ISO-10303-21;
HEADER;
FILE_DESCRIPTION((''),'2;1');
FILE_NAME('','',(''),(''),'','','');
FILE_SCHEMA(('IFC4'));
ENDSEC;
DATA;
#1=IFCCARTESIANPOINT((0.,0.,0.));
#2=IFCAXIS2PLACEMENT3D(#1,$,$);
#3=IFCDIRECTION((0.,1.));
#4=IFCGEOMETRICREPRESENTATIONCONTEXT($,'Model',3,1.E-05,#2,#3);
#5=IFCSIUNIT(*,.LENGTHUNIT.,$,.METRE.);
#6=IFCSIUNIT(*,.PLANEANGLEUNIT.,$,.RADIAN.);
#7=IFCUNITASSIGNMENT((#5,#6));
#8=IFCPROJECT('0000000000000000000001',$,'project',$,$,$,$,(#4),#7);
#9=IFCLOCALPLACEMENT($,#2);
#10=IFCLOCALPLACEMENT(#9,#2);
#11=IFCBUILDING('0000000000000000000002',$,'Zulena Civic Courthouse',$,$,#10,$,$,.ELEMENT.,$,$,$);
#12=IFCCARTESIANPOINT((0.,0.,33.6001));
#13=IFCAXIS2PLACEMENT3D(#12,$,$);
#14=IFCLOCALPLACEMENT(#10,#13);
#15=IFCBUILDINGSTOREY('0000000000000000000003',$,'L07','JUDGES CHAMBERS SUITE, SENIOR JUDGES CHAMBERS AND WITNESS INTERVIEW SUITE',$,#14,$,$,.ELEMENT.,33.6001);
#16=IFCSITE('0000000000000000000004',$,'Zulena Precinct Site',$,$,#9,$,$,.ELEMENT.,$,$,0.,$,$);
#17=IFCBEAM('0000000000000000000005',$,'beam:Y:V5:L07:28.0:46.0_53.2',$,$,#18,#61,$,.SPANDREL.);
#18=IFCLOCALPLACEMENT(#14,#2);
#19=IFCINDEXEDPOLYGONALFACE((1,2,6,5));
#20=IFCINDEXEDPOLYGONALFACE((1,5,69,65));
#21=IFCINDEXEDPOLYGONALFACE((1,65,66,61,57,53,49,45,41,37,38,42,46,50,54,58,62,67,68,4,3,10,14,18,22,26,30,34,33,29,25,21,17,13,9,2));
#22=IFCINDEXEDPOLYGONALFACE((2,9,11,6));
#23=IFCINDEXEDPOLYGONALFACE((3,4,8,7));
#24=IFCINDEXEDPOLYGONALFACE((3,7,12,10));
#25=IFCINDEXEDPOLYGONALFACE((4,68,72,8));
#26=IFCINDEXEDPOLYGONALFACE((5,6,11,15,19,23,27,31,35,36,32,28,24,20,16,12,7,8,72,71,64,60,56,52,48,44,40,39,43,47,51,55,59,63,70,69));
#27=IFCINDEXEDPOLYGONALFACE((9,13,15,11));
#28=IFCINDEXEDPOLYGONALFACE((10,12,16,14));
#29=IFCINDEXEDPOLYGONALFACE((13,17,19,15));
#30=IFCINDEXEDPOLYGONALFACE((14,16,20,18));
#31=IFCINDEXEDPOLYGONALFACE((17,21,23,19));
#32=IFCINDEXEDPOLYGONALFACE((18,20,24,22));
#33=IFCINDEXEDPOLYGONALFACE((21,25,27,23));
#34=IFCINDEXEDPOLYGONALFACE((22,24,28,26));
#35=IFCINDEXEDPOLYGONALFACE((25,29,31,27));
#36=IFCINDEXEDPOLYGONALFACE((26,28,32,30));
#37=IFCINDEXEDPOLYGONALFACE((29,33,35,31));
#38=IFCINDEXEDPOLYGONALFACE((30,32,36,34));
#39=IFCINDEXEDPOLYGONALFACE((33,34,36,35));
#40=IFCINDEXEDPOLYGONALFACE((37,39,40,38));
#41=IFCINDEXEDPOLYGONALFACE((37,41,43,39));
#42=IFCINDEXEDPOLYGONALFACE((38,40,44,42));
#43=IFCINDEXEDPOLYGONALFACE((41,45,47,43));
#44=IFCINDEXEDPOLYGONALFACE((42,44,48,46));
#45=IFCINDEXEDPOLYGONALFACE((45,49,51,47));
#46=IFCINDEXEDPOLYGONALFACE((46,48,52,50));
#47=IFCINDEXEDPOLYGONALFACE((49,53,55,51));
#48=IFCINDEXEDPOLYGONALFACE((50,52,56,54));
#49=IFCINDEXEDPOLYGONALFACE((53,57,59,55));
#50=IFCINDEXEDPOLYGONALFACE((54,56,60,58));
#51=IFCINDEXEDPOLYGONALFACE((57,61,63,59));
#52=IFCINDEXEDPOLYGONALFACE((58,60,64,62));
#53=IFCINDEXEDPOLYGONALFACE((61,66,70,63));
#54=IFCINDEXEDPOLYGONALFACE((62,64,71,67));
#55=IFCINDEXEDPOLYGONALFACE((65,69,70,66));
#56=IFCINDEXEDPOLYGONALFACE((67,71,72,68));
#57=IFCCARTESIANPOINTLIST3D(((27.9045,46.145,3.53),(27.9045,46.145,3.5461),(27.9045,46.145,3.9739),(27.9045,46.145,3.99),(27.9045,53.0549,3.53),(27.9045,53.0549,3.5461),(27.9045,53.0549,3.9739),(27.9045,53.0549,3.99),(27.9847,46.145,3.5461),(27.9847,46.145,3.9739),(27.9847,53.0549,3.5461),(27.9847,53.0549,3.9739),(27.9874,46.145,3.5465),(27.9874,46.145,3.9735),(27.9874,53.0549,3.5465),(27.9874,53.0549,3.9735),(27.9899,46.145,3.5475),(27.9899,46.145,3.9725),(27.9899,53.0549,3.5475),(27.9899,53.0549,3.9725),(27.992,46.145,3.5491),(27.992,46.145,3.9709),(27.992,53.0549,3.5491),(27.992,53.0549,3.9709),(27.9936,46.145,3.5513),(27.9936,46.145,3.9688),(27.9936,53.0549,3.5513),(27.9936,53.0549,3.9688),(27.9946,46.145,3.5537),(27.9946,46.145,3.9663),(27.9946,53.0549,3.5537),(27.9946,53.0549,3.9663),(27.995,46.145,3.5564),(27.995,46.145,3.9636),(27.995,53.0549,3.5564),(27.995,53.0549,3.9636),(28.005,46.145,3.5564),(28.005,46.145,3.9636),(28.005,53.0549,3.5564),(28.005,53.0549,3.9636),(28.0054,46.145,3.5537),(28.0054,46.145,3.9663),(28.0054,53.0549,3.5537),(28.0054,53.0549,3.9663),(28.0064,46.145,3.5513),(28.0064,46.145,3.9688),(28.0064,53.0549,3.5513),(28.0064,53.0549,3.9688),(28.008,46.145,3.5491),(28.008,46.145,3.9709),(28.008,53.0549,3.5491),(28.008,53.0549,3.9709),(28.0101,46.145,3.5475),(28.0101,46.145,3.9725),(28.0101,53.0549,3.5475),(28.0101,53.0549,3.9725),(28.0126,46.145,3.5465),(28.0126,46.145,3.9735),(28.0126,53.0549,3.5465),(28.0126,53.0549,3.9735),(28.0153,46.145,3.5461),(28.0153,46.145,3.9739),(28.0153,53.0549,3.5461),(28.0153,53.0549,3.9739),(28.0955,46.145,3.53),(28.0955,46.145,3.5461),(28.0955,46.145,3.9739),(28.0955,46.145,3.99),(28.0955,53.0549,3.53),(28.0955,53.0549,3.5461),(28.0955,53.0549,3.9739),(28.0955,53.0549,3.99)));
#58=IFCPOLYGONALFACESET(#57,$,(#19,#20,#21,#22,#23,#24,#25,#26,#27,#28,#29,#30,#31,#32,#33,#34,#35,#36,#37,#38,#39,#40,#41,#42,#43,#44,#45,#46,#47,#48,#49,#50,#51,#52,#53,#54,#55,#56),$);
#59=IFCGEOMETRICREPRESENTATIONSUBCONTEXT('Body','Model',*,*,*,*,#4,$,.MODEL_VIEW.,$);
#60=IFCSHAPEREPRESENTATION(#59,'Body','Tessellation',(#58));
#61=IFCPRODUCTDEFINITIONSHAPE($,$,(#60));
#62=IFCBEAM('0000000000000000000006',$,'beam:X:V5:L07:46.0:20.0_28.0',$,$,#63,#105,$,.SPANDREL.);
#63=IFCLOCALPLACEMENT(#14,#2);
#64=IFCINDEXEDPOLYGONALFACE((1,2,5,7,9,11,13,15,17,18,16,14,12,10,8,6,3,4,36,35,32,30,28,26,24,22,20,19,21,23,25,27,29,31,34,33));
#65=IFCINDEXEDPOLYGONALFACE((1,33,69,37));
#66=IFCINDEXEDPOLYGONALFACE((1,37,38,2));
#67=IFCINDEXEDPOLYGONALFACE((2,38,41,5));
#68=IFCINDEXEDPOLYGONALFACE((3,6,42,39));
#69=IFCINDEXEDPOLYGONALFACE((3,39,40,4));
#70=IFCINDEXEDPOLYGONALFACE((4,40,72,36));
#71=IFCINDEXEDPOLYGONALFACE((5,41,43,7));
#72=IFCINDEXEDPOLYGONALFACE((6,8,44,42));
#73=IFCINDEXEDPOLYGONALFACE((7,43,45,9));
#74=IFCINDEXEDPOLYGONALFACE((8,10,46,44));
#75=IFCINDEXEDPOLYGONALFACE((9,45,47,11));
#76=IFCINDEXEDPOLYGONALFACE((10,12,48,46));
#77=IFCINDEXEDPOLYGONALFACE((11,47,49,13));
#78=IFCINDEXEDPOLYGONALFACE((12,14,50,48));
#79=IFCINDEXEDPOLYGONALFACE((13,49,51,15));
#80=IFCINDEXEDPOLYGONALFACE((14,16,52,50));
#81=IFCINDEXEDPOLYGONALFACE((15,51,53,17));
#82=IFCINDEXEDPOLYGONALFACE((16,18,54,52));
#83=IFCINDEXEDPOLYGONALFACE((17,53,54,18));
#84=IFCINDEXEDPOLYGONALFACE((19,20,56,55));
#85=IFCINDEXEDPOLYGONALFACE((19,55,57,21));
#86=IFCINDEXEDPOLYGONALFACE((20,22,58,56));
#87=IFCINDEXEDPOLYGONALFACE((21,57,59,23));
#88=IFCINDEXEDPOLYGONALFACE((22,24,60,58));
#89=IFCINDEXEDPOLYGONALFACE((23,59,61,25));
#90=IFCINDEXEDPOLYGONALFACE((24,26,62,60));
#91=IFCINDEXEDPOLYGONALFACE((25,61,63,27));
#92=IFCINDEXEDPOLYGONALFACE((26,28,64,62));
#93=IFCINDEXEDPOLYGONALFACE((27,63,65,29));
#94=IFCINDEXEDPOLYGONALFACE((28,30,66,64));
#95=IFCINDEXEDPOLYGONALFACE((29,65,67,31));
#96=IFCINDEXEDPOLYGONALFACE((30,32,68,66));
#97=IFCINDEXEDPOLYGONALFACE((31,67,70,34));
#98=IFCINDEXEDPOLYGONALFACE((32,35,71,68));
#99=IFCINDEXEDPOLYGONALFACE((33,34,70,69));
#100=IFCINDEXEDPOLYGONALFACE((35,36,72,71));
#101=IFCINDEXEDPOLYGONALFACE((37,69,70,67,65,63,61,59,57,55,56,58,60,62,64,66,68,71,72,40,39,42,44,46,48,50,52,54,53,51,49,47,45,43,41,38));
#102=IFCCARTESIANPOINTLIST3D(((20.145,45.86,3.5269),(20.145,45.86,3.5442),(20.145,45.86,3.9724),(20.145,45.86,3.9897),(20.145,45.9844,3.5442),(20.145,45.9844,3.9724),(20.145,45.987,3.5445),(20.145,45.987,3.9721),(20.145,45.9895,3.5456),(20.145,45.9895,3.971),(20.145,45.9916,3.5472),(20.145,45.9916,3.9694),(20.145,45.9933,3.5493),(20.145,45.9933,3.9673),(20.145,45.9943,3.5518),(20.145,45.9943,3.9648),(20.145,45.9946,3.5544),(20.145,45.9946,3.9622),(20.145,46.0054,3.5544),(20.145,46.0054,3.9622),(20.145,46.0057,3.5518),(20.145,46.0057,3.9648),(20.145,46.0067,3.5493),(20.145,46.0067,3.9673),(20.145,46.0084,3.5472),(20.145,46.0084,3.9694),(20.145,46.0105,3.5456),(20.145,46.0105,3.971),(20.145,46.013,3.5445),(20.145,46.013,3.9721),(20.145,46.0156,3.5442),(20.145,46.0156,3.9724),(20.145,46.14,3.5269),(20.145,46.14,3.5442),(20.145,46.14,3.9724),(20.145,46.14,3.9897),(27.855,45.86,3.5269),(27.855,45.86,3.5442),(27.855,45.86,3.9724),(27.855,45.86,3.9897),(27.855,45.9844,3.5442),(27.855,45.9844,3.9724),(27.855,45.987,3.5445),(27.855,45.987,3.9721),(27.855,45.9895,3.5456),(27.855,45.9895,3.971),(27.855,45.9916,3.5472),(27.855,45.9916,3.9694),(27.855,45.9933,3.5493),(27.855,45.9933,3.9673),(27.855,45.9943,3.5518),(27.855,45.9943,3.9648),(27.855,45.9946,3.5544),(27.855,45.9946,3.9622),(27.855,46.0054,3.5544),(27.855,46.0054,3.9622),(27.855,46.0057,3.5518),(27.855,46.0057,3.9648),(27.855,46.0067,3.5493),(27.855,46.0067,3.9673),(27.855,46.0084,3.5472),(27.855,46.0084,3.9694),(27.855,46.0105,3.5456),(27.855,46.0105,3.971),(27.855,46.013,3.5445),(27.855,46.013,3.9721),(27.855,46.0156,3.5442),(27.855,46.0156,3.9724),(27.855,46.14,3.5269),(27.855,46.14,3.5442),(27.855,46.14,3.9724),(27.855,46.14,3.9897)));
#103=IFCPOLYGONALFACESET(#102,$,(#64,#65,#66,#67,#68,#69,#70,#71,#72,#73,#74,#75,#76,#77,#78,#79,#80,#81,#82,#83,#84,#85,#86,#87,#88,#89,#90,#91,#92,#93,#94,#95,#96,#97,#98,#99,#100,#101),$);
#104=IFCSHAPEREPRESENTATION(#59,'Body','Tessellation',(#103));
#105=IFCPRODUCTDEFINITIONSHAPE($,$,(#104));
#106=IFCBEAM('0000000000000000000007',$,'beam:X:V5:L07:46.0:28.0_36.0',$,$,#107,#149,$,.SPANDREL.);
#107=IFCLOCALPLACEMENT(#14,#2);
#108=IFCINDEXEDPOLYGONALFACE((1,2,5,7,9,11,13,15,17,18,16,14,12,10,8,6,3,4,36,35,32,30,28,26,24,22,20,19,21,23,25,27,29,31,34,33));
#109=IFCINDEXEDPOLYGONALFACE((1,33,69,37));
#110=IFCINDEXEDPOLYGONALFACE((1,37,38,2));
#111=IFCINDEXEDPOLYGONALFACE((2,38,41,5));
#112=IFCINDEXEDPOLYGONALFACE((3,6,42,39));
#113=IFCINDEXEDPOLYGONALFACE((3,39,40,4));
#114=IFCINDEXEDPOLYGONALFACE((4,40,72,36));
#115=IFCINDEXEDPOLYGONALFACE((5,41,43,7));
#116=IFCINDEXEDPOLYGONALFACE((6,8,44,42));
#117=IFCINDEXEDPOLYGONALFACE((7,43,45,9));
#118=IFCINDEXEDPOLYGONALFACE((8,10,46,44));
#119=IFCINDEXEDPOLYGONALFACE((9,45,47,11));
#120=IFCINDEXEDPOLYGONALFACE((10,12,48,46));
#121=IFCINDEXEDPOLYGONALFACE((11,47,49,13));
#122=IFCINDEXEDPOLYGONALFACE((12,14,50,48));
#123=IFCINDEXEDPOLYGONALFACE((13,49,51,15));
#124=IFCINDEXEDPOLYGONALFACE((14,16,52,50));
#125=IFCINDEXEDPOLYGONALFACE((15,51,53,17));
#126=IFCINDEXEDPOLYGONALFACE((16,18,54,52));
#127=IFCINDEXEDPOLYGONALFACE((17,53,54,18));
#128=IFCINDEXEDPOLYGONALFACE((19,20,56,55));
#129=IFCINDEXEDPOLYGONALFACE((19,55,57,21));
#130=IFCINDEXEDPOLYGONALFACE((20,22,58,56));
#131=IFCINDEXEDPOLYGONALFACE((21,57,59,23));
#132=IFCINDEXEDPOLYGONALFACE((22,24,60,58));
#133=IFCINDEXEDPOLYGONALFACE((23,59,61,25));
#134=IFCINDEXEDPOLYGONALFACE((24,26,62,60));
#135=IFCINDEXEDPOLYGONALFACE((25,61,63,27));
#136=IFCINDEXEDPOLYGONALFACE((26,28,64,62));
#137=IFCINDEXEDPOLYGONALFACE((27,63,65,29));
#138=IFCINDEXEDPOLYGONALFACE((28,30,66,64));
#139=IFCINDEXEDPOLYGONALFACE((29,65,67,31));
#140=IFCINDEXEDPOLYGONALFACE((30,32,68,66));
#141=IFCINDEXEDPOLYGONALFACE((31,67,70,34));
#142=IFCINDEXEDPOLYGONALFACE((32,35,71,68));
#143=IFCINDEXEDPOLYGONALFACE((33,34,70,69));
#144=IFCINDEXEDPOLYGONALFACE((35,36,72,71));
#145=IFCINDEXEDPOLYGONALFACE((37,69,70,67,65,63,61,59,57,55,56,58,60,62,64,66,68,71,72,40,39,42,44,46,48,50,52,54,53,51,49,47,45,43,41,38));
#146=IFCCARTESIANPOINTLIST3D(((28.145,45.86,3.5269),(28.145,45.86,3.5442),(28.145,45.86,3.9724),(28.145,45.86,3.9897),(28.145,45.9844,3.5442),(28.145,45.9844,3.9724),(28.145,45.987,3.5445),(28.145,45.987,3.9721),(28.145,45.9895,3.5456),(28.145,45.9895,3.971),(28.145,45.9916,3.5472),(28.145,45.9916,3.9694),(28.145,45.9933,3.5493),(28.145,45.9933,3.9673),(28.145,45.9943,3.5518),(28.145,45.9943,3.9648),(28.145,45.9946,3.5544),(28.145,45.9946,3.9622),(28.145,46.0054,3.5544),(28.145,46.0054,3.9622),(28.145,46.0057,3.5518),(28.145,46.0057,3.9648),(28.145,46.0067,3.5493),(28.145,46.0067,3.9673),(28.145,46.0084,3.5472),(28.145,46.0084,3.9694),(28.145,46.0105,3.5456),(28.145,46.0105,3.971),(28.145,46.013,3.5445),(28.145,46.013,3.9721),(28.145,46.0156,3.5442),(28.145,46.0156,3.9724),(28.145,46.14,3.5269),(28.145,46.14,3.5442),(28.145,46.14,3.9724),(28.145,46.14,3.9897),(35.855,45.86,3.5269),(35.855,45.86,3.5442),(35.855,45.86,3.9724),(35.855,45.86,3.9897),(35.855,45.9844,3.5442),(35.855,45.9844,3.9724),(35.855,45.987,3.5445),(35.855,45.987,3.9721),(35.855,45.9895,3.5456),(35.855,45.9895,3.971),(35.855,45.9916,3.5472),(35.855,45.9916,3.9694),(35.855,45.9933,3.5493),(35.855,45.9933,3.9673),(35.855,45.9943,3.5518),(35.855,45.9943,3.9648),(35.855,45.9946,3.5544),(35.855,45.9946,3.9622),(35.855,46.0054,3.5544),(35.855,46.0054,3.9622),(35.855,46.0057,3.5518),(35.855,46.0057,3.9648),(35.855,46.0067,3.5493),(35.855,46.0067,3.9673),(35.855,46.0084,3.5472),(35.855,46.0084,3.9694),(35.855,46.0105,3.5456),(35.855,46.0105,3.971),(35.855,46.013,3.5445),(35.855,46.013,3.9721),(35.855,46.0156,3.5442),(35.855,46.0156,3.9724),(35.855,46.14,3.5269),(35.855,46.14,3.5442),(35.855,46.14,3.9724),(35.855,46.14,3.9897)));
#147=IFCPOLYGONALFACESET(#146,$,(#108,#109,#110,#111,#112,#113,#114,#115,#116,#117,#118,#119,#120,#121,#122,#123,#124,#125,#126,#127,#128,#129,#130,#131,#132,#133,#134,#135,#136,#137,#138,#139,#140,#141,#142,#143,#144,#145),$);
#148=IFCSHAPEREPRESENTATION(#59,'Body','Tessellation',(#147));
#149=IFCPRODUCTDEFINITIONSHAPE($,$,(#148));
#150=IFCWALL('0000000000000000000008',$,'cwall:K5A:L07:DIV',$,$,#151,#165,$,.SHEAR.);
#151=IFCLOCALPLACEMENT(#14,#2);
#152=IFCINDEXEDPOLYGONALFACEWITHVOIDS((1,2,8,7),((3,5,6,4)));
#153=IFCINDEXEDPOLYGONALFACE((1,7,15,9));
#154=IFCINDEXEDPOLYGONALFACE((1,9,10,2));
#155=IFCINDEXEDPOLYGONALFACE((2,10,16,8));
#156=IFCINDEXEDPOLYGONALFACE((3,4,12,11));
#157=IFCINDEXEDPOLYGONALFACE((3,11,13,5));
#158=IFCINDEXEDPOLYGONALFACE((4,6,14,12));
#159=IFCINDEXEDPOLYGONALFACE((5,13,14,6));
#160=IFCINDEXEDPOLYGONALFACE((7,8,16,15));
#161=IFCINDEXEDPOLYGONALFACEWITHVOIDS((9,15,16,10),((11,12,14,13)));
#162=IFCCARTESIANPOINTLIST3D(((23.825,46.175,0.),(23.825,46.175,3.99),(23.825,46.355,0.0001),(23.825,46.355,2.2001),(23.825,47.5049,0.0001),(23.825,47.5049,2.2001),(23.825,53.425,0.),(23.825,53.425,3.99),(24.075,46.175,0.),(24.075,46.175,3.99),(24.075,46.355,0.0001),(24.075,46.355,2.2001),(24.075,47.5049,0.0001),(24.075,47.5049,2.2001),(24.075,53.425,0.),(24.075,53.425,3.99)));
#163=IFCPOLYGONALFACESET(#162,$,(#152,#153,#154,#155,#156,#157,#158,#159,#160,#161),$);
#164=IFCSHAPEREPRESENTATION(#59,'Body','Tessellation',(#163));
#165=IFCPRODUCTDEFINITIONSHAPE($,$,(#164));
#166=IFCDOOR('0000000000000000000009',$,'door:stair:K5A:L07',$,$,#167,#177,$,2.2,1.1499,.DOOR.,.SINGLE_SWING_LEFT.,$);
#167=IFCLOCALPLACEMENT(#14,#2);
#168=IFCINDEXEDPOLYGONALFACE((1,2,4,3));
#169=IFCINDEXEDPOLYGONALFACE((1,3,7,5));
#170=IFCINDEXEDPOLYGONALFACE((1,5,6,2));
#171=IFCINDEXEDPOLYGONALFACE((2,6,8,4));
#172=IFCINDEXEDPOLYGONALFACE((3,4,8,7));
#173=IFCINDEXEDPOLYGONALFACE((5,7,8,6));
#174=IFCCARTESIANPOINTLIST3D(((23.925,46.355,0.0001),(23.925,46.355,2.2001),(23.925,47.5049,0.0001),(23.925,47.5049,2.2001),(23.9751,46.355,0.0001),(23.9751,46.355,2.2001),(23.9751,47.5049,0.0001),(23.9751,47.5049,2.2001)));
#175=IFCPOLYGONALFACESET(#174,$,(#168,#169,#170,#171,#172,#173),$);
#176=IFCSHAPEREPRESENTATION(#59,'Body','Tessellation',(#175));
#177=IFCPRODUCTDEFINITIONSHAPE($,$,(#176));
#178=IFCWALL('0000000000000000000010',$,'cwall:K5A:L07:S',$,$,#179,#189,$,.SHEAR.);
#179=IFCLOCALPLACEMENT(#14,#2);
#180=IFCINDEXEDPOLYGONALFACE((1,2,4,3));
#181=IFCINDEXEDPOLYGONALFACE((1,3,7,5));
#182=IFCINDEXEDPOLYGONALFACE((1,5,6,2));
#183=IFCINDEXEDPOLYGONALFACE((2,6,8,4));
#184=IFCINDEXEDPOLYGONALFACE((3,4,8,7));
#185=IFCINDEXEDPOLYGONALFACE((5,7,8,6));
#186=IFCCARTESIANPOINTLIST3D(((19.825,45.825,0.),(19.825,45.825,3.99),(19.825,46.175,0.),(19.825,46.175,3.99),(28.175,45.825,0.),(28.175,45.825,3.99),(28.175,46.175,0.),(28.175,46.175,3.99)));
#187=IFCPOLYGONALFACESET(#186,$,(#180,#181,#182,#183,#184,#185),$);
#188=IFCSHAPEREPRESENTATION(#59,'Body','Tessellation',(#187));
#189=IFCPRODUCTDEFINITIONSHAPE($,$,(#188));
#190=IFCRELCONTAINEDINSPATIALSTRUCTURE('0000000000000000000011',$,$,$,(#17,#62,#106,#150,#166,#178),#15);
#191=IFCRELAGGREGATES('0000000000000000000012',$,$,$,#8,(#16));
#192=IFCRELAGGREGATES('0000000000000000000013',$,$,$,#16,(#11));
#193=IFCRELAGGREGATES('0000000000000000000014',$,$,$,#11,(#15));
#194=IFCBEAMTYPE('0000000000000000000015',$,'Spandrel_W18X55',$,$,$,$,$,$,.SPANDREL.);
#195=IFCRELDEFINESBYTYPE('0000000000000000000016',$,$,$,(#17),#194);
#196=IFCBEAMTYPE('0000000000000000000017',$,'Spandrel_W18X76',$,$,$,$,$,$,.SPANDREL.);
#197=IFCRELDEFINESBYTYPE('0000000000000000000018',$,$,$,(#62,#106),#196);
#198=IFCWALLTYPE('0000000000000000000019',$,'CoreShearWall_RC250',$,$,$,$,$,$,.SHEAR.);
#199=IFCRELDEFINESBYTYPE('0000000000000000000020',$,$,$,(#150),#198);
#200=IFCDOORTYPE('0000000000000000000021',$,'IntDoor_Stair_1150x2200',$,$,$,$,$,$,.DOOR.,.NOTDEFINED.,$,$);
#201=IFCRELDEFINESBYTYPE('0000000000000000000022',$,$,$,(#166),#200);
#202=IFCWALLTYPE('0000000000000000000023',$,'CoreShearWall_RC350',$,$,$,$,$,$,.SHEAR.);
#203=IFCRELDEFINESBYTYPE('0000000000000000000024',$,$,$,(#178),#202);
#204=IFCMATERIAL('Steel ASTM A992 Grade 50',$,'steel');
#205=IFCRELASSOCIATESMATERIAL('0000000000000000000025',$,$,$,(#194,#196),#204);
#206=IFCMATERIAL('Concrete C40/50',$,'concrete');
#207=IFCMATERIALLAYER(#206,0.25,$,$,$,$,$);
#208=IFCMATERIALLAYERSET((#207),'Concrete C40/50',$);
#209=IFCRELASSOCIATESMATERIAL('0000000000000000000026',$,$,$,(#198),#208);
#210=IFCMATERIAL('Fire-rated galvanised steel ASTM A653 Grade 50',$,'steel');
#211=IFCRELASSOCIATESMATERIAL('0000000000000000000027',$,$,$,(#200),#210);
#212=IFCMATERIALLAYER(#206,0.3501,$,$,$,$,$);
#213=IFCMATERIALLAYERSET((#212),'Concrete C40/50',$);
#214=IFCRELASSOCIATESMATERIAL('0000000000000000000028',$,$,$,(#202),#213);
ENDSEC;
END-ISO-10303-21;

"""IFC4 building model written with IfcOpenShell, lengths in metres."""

from ifc_helpers import new_model, si_unit, direction, frame, frame_2d, origin, origin_2d, place, context, subcontext, project, spatial, rectangle, i_section, extrude, material, layer, layer_set, material_profile, profile_set, type_object, element, fill, save


model = new_model("IFC4")

# Units and contexts
model_context = context("Model", 3, precision=1e-05, world=origin(), true_north=direction((0.0, 1.0)))
body_context = subcontext(model_context, "Body", "Model", "MODEL_VIEW")
ifc_project = project(units=[si_unit("LENGTHUNIT", "METRE"), si_unit("PLANEANGLEUNIT", "RADIAN")], contexts=[model_context])

# Site, building, storey
site_placement = place(None, origin())
site = spatial("IfcSite", under=ifc_project, at=site_placement, Name="Zulena Precinct Site", CompositionType="ELEMENT", RefElevation=0.0)
building_placement = place(site_placement, origin())
building = spatial("IfcBuilding", under=site, at=building_placement, Name="Zulena Civic Courthouse", CompositionType="ELEMENT")
storey_placement = place(building_placement, frame((0.0, 0.0, 33.6001)))
storey = spatial("IfcBuildingStorey", under=building, at=storey_placement, Name="L07", Description="JUDGES CHAMBERS SUITE, SENIOR JUDGES CHAMBERS AND WITNESS INTERVIEW SUITE", CompositionType="ELEMENT", Elevation=33.6001)

# Shared definitions
ifc_material_1 = material(Name="Steel ASTM A992 Grade 50", Category="steel")

# Beams
ifc_material_profile_1 = material_profile(ifc_material_1, i_section(OverallWidth=0.1909, OverallDepth=0.46, WebThickness=0.01, FlangeThickness=0.0161, FilletRadius=0.0103, at=origin_2d()), Name="W18X55")
ifc_profile_set_1 = profile_set([ifc_material_profile_1], Name="Steel ASTM A992 Grade 50")
beam_type_1 = type_object("IfcBeamType", Name="Spandrel_W18X55", PredefinedType="SPANDREL", material=ifc_profile_set_1)
for number, where, z_axis, x_axis, name in (
    (1, (28.0, 46.145, 3.76), (0.0, 1.0, 0.0), (-1.0, 0.0, 0.0), "beam:Y:V5:L07:28.0:46.0_53.2"),
):
    element("IfcBeam", number, at=place(storey_placement, frame(where, z_axis=z_axis, x_axis=x_axis)), inside=storey, type_object=beam_type_1, Name=name, PredefinedType="SPANDREL", context=body_context, shape_type="SweptSolid", body=[
        extrude(i_section(OverallWidth=0.1909, OverallDepth=0.46, WebThickness=0.01, FlangeThickness=0.0161, FilletRadius=0.0103, at=origin_2d()), origin(), (0.0, 0.0, 1.0), 6.9099),
    ])
ifc_material_profile_2 = material_profile(ifc_material_1, i_section(OverallWidth=0.28, OverallDepth=0.4629, WebThickness=0.0107, FlangeThickness=0.0173, FilletRadius=0.0103, at=origin_2d()), Name="W18X76")
ifc_profile_set_2 = profile_set([ifc_material_profile_2], Name="Steel ASTM A992 Grade 50")
beam_type_2 = type_object("IfcBeamType", Name="Spandrel_W18X76", PredefinedType="SPANDREL", material=ifc_profile_set_2)
for number, where, z_axis, x_axis, name in (
    (2, (20.145, 46.0, 3.7583), (1.0, 0.0, 0.0), (0.0, 1.0, 0.0), "beam:X:V5:L07:46.0:20.0_28.0"),
    (3, (28.145, 46.0, 3.7583), (1.0, 0.0, 0.0), (0.0, 1.0, 0.0), "beam:X:V5:L07:46.0:28.0_36.0"),
):
    element("IfcBeam", number, at=place(storey_placement, frame(where, z_axis=z_axis, x_axis=x_axis)), inside=storey, type_object=beam_type_2, Name=name, PredefinedType="SPANDREL", context=body_context, shape_type="SweptSolid", body=[
        extrude(i_section(OverallWidth=0.28, OverallDepth=0.4629, WebThickness=0.0107, FlangeThickness=0.0173, FilletRadius=0.0103, at=origin_2d()), origin(), (0.0, 0.0, 1.0), 7.71),
    ])

# Wall, opening, door
ifc_material_2 = material(Name="Concrete C40/50", Category="concrete")
ifc_layer_1 = layer(ifc_material_2, 0.25)
ifc_layer_set_1 = layer_set([ifc_layer_1], Name="Concrete C40/50")
wall_type_1 = type_object("IfcWallType", Name="CoreShearWall_RC250", PredefinedType="SHEAR", material=ifc_layer_set_1)
wall_1_placement = place(storey_placement, frame((23.95, 46.175, 0.0), z_axis=(0.0, 0.0, 1.0), x_axis=(0.0, 1.0, 0.0)))
wall_1 = element("IfcWall", 4, at=wall_1_placement, inside=storey, type_object=wall_type_1, Name="cwall:K5A:L07:DIV", PredefinedType="SHEAR", context=body_context, shape_type="SweptSolid", body=[
    extrude(rectangle(XDim=7.25, YDim=0.25, at=frame_2d((3.625, 0.0))), origin(), (0.0, 0.0, 1.0), 3.99),
])
opening_1_placement = place(wall_1_placement, frame((0.1799, 0.0, 0.0)))
opening_1 = element("IfcOpeningElement", 5, at=opening_1_placement, cuts=wall_1, PredefinedType="OPENING", context=body_context, shape_type="SweptSolid", body=[
    extrude(rectangle(XDim=1.1499, YDim=2.2, at=frame_2d((0.575, 1.1001))), frame((0.0, 0.135, 0.0), z_axis=(0.0, -1.0, 0.0), x_axis=(1.0, 0.0, 0.0)), (0.0, 0.0, 1.0), 0.27),
])
ifc_material_3 = material(Name="Fire-rated galvanised steel ASTM A653 Grade 50", Category="steel")
door_type_1 = type_object("IfcDoorType", Name="IntDoor_Stair_1150x2200", OperationType="NOTDEFINED", PredefinedType="DOOR", material=ifc_material_3)
door_1_placement = place(opening_1_placement, origin())
door_1 = element("IfcDoor", 6, at=door_1_placement, inside=storey, type_object=door_type_1, Name="door:stair:K5A:L07", OperationType="SINGLE_SWING_LEFT", OverallHeight=2.2, OverallWidth=1.1499, PredefinedType="DOOR", context=body_context, shape_type="SweptSolid", body=[
    extrude(rectangle(XDim=1.1499, YDim=2.2, at=frame_2d((0.575, 1.1001))), frame((0.0, 0.0249, 0.0), z_axis=(0.0, -1.0, 0.0), x_axis=(1.0, 0.0, 0.0)), (0.0, 0.0, 1.0), 0.05),
])
fill(opening_1, door_1)

# Wall
ifc_layer_2 = layer(ifc_material_2, 0.3501)
ifc_layer_set_2 = layer_set([ifc_layer_2], Name="Concrete C40/50")
wall_type_2 = type_object("IfcWallType", Name="CoreShearWall_RC350", PredefinedType="SHEAR", material=ifc_layer_set_2)
wall_2_placement = place(storey_placement, frame((19.825, 46.0, 0.0), z_axis=(0.0, 0.0, 1.0), x_axis=(1.0, 0.0, 0.0)))
element("IfcWall", 7, at=wall_2_placement, inside=storey, type_object=wall_type_2, Name="cwall:K5A:L07:S", PredefinedType="SHEAR", context=body_context, shape_type="SweptSolid", body=[
    extrude(rectangle(XDim=8.3501, YDim=0.3501, at=frame_2d((4.175, 0.0))), origin(), (0.0, 0.0, 1.0), 3.99),
])

save(model, "model.ifc")
